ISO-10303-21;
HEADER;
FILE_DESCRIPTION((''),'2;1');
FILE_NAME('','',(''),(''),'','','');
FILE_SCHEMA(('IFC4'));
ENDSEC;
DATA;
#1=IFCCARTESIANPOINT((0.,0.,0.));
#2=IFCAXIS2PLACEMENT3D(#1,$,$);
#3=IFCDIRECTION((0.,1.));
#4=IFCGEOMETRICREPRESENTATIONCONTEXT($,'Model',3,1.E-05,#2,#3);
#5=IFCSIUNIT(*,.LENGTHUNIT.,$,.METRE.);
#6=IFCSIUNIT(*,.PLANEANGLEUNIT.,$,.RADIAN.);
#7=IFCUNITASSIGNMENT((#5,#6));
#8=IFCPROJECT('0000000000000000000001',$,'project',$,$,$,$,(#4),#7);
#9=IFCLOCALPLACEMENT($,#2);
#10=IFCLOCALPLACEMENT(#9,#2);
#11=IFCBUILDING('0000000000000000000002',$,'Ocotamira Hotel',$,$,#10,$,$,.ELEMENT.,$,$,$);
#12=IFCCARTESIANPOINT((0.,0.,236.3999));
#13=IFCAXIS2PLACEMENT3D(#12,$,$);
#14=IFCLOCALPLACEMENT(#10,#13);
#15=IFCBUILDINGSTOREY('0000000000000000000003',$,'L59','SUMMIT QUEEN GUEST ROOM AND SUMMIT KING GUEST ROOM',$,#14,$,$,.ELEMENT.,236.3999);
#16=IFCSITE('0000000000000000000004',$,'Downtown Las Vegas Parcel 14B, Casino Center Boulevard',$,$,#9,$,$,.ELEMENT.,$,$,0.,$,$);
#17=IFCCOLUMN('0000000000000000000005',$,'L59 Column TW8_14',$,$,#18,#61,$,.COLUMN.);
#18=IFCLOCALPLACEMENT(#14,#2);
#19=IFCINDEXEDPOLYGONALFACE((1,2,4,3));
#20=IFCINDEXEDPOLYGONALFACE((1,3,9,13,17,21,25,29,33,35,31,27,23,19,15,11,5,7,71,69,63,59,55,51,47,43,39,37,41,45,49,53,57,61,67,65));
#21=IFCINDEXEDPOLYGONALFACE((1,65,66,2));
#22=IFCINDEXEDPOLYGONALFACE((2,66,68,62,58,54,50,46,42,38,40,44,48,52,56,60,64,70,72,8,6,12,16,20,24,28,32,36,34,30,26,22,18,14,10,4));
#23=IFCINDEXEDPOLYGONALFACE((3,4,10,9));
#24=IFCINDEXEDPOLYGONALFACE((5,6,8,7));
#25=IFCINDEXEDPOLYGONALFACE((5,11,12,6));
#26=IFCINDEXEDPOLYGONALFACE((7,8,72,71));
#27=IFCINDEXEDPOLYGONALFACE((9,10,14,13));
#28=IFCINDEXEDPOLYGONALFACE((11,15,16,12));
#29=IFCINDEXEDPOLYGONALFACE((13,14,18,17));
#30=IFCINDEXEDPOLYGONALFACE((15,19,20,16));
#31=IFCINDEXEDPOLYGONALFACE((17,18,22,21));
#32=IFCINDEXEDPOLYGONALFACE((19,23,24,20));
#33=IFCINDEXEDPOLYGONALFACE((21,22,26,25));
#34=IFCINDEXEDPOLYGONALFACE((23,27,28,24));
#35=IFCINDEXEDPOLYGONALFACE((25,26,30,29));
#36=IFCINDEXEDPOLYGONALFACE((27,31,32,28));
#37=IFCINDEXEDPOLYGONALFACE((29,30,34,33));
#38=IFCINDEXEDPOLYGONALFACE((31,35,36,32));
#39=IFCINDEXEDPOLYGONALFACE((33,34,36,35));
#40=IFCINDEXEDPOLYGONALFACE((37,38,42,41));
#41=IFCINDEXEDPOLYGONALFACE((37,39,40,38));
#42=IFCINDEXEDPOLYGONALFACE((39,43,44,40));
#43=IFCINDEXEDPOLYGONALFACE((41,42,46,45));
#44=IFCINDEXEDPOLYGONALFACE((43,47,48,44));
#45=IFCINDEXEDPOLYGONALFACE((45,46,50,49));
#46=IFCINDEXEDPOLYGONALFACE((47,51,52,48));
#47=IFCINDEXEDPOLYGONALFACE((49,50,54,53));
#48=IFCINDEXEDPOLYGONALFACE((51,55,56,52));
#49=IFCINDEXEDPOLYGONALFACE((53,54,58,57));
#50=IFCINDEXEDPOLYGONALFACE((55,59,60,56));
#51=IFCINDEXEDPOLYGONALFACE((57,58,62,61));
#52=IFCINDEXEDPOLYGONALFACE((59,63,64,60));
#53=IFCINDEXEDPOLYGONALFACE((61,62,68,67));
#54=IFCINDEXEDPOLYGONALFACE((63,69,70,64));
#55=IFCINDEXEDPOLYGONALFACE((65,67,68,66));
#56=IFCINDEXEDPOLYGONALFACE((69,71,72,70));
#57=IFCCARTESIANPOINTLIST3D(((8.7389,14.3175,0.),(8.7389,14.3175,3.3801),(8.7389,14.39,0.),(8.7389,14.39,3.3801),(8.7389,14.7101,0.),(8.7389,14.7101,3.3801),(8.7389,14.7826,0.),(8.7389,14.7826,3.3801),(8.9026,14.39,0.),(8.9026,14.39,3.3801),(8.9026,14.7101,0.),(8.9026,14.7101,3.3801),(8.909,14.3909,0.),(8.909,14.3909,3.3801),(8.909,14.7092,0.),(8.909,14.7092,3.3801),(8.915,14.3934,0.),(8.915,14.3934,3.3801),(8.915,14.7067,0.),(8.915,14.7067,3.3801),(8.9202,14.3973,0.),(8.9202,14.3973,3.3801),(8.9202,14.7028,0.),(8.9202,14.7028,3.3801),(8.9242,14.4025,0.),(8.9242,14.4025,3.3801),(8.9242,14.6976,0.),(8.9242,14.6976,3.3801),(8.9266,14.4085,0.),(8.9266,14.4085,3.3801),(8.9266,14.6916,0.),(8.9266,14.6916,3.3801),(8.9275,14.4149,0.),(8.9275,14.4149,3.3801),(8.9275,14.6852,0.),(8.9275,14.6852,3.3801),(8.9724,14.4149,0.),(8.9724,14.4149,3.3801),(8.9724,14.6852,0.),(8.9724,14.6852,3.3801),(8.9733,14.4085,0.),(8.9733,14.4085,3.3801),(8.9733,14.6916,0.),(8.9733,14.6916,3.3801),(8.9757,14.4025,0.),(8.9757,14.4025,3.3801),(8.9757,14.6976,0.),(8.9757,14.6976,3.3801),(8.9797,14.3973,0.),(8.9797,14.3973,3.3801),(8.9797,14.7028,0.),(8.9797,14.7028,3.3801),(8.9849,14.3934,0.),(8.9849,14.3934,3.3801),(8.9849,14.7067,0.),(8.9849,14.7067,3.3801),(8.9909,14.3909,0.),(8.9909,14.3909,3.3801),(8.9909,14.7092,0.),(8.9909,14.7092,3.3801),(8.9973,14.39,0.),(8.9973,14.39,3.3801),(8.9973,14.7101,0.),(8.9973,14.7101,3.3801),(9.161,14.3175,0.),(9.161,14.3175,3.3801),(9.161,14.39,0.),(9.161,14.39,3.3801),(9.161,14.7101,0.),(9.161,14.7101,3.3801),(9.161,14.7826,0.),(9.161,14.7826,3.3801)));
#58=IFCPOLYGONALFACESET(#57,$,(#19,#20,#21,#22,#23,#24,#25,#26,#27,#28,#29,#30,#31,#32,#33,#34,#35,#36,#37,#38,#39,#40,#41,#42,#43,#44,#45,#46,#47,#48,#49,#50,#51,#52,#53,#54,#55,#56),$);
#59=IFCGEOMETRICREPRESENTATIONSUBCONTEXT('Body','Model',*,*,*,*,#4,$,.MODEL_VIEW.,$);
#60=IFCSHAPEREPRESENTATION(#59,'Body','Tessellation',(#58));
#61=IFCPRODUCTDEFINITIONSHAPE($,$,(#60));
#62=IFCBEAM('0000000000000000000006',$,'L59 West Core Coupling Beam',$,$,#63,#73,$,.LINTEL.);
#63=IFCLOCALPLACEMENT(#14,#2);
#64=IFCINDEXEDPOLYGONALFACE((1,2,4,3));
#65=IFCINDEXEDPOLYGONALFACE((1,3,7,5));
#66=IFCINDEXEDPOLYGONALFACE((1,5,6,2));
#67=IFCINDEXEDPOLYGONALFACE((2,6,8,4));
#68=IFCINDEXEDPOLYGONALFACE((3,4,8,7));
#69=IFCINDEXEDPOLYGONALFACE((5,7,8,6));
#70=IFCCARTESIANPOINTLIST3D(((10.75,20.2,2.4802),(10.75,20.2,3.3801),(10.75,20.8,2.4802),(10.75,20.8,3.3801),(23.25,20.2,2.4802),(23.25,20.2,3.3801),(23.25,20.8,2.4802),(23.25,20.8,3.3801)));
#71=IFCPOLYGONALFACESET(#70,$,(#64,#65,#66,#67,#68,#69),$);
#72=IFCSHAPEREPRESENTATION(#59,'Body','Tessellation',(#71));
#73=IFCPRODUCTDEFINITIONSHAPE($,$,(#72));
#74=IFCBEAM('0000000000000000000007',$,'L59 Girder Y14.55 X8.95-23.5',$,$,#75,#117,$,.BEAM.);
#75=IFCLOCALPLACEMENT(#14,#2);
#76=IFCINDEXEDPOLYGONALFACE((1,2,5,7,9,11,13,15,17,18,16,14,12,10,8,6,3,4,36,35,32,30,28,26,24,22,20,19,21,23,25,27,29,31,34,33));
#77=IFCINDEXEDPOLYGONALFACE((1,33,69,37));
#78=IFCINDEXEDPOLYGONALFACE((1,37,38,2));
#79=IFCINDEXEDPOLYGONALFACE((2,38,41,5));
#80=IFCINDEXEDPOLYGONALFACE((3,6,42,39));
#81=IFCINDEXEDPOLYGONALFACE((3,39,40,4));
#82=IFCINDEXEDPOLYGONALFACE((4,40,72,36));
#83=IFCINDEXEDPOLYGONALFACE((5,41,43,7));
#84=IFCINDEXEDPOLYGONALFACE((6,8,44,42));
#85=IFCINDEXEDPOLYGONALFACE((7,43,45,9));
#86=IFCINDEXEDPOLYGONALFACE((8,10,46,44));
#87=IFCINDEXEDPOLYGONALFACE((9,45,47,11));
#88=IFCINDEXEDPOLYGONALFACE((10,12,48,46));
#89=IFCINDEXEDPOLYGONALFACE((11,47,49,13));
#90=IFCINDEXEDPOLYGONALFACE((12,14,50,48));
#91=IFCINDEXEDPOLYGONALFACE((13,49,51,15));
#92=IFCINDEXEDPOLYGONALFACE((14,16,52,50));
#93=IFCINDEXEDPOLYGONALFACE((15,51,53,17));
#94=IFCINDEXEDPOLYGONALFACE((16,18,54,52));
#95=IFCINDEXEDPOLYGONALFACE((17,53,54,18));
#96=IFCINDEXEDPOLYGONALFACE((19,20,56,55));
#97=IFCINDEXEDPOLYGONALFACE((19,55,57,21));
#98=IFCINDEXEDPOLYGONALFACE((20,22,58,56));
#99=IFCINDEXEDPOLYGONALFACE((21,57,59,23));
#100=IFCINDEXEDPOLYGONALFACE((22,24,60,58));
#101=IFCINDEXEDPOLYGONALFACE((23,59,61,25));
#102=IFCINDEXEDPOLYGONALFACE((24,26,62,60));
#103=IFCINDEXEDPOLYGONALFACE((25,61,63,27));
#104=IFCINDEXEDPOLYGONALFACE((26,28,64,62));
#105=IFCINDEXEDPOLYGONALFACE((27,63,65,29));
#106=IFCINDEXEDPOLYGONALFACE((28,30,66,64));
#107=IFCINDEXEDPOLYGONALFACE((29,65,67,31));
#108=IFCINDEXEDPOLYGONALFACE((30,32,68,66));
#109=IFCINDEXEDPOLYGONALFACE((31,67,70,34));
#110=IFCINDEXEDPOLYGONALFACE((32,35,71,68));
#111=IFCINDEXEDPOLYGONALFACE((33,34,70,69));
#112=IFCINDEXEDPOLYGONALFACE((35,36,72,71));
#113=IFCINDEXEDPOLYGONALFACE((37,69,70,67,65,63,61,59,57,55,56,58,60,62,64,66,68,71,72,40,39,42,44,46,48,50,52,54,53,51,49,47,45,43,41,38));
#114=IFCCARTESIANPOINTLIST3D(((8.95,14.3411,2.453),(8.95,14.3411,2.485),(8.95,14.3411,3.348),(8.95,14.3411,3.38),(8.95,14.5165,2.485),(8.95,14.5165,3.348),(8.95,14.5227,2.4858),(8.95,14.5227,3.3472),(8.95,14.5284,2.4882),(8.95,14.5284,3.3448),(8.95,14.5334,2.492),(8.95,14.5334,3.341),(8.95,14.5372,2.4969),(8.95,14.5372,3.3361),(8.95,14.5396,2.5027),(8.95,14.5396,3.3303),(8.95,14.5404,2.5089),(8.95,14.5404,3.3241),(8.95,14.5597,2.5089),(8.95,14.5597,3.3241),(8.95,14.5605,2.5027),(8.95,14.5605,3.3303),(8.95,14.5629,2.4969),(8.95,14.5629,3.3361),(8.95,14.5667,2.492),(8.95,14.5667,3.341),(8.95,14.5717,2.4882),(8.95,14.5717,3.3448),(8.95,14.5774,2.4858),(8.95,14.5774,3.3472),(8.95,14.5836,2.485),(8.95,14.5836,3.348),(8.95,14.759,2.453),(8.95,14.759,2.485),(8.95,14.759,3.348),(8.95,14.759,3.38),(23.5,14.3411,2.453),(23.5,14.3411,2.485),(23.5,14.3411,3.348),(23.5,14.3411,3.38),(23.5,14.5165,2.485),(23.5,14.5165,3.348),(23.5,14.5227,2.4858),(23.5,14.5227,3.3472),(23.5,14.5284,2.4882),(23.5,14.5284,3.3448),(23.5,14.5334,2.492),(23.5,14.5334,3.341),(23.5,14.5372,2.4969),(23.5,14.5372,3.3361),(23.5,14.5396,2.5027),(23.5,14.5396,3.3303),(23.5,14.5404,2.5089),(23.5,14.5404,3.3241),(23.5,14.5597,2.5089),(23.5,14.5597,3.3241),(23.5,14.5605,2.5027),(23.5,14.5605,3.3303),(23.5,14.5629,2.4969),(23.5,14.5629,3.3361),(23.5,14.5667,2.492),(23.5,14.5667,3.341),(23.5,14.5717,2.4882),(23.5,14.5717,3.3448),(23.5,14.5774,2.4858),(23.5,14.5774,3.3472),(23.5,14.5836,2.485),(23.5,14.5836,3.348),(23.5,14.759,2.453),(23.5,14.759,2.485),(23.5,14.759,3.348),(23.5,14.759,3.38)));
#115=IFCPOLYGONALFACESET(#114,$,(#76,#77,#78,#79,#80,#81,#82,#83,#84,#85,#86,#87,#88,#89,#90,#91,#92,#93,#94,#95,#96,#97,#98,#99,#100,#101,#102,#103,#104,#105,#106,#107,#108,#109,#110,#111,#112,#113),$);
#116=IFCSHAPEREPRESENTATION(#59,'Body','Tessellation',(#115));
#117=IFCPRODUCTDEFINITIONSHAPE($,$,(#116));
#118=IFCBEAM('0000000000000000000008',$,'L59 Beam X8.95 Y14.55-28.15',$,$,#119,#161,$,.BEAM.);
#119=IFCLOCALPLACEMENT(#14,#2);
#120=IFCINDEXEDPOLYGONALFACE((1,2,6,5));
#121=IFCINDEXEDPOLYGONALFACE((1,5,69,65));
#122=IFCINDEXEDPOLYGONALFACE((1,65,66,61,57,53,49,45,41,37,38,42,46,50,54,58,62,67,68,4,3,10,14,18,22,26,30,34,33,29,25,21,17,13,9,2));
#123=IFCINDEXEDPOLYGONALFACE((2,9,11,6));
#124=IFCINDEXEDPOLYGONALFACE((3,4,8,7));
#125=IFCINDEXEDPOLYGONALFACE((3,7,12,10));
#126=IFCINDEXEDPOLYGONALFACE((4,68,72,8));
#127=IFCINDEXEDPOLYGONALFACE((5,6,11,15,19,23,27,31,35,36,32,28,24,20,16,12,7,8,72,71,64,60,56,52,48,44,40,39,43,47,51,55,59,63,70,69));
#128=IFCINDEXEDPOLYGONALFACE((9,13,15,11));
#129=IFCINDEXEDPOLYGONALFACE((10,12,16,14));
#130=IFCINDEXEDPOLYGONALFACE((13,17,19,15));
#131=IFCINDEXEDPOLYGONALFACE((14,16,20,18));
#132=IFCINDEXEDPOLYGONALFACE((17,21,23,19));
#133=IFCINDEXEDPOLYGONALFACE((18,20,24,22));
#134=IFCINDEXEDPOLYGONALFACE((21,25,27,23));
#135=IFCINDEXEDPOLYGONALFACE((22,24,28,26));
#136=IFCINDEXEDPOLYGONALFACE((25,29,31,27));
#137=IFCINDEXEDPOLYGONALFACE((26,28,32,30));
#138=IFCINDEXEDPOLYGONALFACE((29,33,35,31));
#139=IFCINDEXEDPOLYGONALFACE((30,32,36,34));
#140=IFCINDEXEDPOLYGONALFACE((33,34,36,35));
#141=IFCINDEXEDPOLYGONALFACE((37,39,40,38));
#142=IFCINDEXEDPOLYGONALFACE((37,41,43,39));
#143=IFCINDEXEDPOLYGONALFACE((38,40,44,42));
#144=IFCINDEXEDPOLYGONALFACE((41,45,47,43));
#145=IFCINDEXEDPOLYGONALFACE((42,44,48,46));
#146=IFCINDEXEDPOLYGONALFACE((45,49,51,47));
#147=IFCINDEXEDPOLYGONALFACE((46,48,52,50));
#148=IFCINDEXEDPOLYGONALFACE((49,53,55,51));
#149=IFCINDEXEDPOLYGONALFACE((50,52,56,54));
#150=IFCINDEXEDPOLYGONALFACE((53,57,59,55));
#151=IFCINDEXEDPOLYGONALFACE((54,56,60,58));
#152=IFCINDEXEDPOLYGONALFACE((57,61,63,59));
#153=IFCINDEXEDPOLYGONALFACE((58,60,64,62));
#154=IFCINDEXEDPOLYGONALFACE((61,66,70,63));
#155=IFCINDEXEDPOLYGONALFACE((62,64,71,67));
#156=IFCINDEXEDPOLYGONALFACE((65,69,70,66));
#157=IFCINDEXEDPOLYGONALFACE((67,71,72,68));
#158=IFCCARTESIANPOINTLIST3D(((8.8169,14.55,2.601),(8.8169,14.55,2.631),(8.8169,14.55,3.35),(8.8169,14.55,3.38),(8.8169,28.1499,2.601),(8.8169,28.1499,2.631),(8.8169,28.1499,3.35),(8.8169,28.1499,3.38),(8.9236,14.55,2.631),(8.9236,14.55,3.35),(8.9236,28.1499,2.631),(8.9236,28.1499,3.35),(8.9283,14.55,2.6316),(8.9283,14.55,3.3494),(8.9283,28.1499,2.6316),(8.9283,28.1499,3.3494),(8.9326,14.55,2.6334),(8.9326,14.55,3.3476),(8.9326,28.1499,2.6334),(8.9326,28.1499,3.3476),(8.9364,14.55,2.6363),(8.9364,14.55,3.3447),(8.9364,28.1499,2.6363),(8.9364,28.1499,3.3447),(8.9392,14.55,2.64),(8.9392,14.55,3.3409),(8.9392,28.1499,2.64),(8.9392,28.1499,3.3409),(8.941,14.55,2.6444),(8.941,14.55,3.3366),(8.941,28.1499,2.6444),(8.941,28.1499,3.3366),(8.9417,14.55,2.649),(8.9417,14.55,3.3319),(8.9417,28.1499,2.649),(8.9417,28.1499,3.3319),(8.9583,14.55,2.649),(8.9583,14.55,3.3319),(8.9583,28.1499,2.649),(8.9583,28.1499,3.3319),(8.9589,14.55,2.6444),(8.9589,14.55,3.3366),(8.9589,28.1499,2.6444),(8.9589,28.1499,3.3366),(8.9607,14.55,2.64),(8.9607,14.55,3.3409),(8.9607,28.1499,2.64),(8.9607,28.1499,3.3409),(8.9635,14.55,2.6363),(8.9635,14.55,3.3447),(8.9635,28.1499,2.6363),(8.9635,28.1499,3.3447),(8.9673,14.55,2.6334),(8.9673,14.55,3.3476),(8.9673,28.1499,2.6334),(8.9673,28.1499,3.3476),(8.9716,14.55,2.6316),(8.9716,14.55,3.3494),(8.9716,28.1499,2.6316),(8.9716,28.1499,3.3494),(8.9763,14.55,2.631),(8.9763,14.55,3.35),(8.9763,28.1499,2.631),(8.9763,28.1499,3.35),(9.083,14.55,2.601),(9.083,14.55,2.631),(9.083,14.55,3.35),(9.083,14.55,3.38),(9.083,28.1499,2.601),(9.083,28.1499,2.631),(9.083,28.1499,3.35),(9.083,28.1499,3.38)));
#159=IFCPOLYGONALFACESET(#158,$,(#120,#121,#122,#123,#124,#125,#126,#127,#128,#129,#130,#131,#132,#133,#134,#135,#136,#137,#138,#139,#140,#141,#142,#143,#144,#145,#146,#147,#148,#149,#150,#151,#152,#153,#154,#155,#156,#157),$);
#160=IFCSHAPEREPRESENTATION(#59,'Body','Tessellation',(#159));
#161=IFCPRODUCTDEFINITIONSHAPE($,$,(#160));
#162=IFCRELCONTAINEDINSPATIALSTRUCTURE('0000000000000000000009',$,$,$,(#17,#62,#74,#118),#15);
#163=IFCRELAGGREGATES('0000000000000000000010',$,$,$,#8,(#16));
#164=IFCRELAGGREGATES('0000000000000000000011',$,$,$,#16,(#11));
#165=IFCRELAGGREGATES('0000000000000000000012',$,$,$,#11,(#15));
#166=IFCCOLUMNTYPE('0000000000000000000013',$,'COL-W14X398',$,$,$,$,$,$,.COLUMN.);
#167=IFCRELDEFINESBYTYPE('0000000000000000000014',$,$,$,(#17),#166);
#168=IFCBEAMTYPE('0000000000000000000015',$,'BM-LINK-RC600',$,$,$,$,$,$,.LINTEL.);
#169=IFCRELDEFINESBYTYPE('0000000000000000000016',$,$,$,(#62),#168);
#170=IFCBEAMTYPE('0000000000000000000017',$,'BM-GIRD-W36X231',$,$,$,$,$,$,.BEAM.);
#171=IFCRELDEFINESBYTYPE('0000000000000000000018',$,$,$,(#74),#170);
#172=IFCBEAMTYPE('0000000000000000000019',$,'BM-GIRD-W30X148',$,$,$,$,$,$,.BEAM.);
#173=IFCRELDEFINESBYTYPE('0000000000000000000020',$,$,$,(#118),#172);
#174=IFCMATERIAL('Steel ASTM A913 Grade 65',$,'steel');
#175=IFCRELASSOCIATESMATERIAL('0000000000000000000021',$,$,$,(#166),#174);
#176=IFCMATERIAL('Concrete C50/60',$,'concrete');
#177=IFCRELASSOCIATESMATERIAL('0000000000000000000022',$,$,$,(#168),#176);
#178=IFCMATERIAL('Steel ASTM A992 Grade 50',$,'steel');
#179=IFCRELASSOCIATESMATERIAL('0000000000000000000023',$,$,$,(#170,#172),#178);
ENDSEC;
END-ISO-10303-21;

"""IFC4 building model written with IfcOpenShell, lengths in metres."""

from ifc_helpers import new_model, si_unit, direction, frame, origin, origin_2d, place, context, subcontext, project, spatial, rectangle, i_section, extrude, source, transform, mapped, material, material_profile, profile_set, type_object, element, save


model = new_model("IFC4")

# Units and contexts
model_context = context("Model", 3, precision=1e-05, world=origin(), true_north=direction((0.0, 1.0)))
body_context = subcontext(model_context, "Body", "Model", "MODEL_VIEW")
ifc_project = project(units=[si_unit("LENGTHUNIT", "METRE"), si_unit("PLANEANGLEUNIT", "RADIAN")], contexts=[model_context])

# Site, building, storey
site_placement = place(None, origin())
site = spatial("IfcSite", under=ifc_project, at=site_placement, Name="Downtown Las Vegas Parcel 14B, Casino Center Boulevard", CompositionType="ELEMENT", RefElevation=0.0)
building_placement = place(site_placement, origin())
building = spatial("IfcBuilding", under=site, at=building_placement, Name="Ocotamira Hotel", CompositionType="ELEMENT")
storey_placement = place(building_placement, frame((0.0, 0.0, 236.3999)))
storey = spatial("IfcBuildingStorey", under=building, at=storey_placement, Name="L59", Description="SUMMIT QUEEN GUEST ROOM AND SUMMIT KING GUEST ROOM", CompositionType="ELEMENT", Elevation=236.3999)

# Column
ifc_material_1 = material(Name="Steel ASTM A913 Grade 65", Category="steel")
ifc_material_profile_1 = material_profile(ifc_material_1, i_section(OverallWidth=0.4221, OverallDepth=0.4651, WebThickness=0.0449, FlangeThickness=0.0725, FilletRadius=0.0249, at=origin_2d()), Name="W14X398")
ifc_profile_set_1 = profile_set([ifc_material_profile_1], Name="Steel ASTM A913 Grade 65")
column_type = type_object("IfcColumnType", Name="COL-W14X398", PredefinedType="COLUMN", material=ifc_profile_set_1)
shared_shape_1 = source(origin(), body_context, "Body", "SweptSolid", [
    extrude(i_section(OverallWidth=0.4221, OverallDepth=0.4651, WebThickness=0.0449, FlangeThickness=0.0725, FilletRadius=0.0249, at=origin_2d()), origin(), (0.0, 0.0, 1.0), 3.3801),
])
column_placement = place(storey_placement, frame((8.95, 14.55, 0.0), z_axis=(0.0, 0.0, 1.0), x_axis=(1.0, 0.0, 0.0)))
element("IfcColumn", 1, at=column_placement, inside=storey, type_object=column_type, Name="L59 Column TW8_14", PredefinedType="COLUMN", context=body_context, shape_type="MappedRepresentation", body=[
    mapped(shared_shape_1, transform((0.0, 0.0, 0.0), scale=1.0)),
])

# Beams
ifc_material_2 = material(Name="Concrete C50/60", Category="concrete")
ifc_material_profile_2 = material_profile(ifc_material_2, rectangle(XDim=0.6001, YDim=0.8999, at=origin_2d()), Name="RC600X900")
ifc_profile_set_2 = profile_set([ifc_material_profile_2], Name="Concrete C50/60")
beam_type_1 = type_object("IfcBeamType", Name="BM-LINK-RC600", PredefinedType="LINTEL", material=ifc_profile_set_2)
shared_shape_2 = source(origin(), body_context, "Body", "SweptSolid", [
    extrude(rectangle(XDim=0.6001, YDim=0.8999, at=origin_2d()), origin(), (0.0, 0.0, 1.0), 12.5),
])
beam_1_placement = place(storey_placement, frame((10.75, 20.5, 2.9302), z_axis=(1.0, 0.0, 0.0), x_axis=(0.0, 1.0, 0.0)))
element("IfcBeam", 2, at=beam_1_placement, inside=storey, type_object=beam_type_1, Name="L59 West Core Coupling Beam", PredefinedType="LINTEL", context=body_context, shape_type="MappedRepresentation", body=[
    mapped(shared_shape_2, transform((0.0, 0.0, 0.0), scale=1.0)),
])
ifc_material_3 = material(Name="Steel ASTM A992 Grade 50", Category="steel")
ifc_material_profile_3 = material_profile(ifc_material_3, i_section(OverallWidth=0.418, OverallDepth=0.927, WebThickness=0.0193, FlangeThickness=0.032, FilletRadius=0.0239, at=origin_2d()), Name="W36X231")
ifc_profile_set_3 = profile_set([ifc_material_profile_3], Name="Steel ASTM A992 Grade 50")
beam_type_2 = type_object("IfcBeamType", Name="BM-GIRD-W36X231", PredefinedType="BEAM", material=ifc_profile_set_3)
shared_shape_3 = source(origin(), body_context, "Body", "SweptSolid", [
    extrude(i_section(OverallWidth=0.418, OverallDepth=0.927, WebThickness=0.0193, FlangeThickness=0.032, FilletRadius=0.0239, at=origin_2d()), origin(), (0.0, 0.0, 1.0), 14.55),
])
beam_2_placement = place(storey_placement, frame((8.95, 14.55, 2.9165), z_axis=(1.0, 0.0, 0.0), x_axis=(0.0, 1.0, 0.0)))
element("IfcBeam", 3, at=beam_2_placement, inside=storey, type_object=beam_type_2, Name="L59 Girder Y14.55 X8.95-23.5", PredefinedType="BEAM", context=body_context, shape_type="MappedRepresentation", body=[
    mapped(shared_shape_3, transform((0.0, 0.0, 0.0), scale=1.0)),
])
ifc_material_profile_4 = material_profile(ifc_material_3, i_section(OverallWidth=0.2661, OverallDepth=0.7791, WebThickness=0.0166, FlangeThickness=0.03, FilletRadius=0.0181, at=origin_2d()), Name="W30X148")
ifc_profile_set_4 = profile_set([ifc_material_profile_4], Name="Steel ASTM A992 Grade 50")
beam_type_3 = type_object("IfcBeamType", Name="BM-GIRD-W30X148", PredefinedType="BEAM", material=ifc_profile_set_4)
shared_shape_4 = source(origin(), body_context, "Body", "SweptSolid", [
    extrude(i_section(OverallWidth=0.2661, OverallDepth=0.7791, WebThickness=0.0166, FlangeThickness=0.03, FilletRadius=0.0181, at=origin_2d()), origin(), (0.0, 0.0, 1.0), 13.5999),
])
beam_3_placement = place(storey_placement, frame((8.95, 14.55, 2.9905), z_axis=(0.0, 1.0, 0.0), x_axis=(-1.0, 0.0, 0.0)))
element("IfcBeam", 4, at=beam_3_placement, inside=storey, type_object=beam_type_3, Name="L59 Beam X8.95 Y14.55-28.15", PredefinedType="BEAM", context=body_context, shape_type="MappedRepresentation", body=[
    mapped(shared_shape_4, transform((0.0, 0.0, 0.0), scale=1.0)),
])

save(model, "model.ifc")
